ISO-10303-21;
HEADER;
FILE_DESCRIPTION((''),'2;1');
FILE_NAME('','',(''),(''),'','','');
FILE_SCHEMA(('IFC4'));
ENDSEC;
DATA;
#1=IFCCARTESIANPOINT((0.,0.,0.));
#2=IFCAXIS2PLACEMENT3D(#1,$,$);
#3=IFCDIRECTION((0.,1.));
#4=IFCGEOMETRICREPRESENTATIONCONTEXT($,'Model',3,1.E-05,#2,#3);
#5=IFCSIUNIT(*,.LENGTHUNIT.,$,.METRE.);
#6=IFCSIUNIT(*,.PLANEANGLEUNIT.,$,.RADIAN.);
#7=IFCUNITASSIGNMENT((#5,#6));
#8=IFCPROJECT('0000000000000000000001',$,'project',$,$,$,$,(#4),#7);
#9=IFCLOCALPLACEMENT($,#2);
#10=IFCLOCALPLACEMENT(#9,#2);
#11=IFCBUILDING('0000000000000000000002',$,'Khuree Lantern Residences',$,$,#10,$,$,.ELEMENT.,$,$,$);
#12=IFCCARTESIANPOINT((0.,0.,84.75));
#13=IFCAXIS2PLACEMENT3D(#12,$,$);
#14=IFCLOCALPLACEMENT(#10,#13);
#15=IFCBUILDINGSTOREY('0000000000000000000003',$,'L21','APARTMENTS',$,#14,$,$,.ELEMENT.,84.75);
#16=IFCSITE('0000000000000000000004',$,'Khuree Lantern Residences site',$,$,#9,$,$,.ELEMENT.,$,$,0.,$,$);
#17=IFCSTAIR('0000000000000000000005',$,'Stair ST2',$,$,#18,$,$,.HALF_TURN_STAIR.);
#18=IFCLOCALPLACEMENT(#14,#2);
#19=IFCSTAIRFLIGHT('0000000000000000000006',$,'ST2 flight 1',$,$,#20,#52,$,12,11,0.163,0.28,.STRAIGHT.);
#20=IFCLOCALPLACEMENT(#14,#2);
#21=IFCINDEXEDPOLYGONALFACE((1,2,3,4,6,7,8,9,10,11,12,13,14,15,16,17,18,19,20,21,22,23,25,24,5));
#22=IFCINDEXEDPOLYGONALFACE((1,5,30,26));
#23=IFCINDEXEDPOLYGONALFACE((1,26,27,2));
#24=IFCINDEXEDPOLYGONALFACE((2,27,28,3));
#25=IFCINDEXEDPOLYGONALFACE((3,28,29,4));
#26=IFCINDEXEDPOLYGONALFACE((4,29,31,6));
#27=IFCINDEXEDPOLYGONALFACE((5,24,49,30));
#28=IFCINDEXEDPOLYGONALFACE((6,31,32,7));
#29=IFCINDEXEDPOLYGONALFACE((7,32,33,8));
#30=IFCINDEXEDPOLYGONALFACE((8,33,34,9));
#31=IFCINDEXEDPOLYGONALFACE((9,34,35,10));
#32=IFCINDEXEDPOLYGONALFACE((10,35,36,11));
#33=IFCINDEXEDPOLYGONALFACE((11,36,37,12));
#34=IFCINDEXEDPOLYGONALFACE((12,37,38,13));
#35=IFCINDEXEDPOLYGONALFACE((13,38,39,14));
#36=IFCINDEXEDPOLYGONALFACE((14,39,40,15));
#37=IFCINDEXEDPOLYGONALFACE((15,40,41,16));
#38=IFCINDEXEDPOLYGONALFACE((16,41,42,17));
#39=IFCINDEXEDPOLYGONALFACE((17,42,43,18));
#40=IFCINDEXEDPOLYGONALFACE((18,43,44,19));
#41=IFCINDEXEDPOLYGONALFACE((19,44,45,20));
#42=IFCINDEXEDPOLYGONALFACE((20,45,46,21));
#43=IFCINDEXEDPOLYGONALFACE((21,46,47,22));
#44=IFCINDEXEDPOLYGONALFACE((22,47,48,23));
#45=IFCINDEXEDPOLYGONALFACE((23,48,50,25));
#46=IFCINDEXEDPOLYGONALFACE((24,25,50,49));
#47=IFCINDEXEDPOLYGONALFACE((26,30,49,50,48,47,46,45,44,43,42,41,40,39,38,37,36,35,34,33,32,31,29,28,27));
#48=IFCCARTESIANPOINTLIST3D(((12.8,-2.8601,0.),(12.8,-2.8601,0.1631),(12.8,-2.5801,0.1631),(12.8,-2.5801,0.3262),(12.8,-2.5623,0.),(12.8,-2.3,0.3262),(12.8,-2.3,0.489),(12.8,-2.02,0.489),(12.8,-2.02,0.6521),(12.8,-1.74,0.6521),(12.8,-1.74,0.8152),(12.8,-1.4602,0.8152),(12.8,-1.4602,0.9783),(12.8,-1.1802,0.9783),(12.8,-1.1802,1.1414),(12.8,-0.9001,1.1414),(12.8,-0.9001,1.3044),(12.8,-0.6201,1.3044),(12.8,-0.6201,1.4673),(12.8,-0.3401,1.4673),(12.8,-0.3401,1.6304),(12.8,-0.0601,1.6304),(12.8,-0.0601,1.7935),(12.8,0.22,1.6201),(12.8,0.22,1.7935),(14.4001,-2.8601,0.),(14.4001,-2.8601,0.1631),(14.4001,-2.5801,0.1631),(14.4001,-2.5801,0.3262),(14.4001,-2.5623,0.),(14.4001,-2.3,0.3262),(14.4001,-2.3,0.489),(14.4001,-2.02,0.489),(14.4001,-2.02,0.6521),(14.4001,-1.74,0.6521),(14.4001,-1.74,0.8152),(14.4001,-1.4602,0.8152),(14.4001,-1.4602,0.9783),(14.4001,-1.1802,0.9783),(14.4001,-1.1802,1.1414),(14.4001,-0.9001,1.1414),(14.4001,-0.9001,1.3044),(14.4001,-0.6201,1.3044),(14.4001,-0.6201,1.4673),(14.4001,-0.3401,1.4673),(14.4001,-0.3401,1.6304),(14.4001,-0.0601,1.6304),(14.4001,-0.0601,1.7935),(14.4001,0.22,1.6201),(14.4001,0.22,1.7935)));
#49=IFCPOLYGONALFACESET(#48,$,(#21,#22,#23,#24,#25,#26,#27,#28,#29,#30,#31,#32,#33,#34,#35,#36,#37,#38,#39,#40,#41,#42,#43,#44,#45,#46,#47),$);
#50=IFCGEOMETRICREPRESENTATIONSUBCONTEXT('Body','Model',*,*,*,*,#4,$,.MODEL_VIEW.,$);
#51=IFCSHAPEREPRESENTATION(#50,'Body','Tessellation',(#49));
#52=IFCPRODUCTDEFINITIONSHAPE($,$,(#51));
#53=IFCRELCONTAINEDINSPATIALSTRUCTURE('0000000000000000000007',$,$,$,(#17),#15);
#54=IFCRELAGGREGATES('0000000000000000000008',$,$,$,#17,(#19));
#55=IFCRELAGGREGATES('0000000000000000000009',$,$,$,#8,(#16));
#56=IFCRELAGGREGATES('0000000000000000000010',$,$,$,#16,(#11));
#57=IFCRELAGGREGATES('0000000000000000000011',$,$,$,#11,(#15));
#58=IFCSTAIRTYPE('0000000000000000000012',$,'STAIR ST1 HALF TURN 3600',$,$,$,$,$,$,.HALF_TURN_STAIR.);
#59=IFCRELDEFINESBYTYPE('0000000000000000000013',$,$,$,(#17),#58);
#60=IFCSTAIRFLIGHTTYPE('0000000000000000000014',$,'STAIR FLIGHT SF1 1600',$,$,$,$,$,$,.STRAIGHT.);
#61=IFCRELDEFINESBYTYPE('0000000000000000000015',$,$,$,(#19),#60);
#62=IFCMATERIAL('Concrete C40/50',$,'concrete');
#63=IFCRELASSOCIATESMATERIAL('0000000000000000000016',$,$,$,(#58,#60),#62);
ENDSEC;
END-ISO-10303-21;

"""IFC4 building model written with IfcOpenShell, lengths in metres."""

from ifc_helpers import new_model, si_unit, direction, frame, origin, place, context, subcontext, project, spatial, polyline, outline, extrude, material, type_object, element, aggregate, save


model = new_model("IFC4")

# Units and contexts
model_context = context("Model", 3, precision=1e-05, world=origin(), true_north=direction((0.0, 1.0)))
body_context = subcontext(model_context, "Body", "Model", "MODEL_VIEW")
ifc_project = project(units=[si_unit("LENGTHUNIT", "METRE"), si_unit("PLANEANGLEUNIT", "RADIAN")], contexts=[model_context])

# Site, building, storey
site_placement = place(None, origin())
site = spatial("IfcSite", under=ifc_project, at=site_placement, Name="Khuree Lantern Residences site", CompositionType="ELEMENT", RefElevation=0.0)
building_placement = place(site_placement, origin())
building = spatial("IfcBuilding", under=site, at=building_placement, Name="Khuree Lantern Residences", CompositionType="ELEMENT")
storey_placement = place(building_placement, frame((0.0, 0.0, 84.75)))
storey = spatial("IfcBuildingStorey", under=building, at=storey_placement, Name="L21", Description="APARTMENTS", CompositionType="ELEMENT", Elevation=84.75)

# Stair, stair flight
ifc_material_1 = material(Name="Concrete C40/50", Category="concrete")
stair_type = type_object("IfcStairType", Name="STAIR ST1 HALF TURN 3600", PredefinedType="HALF_TURN_STAIR", material=ifc_material_1)
stair_placement = place(storey_placement, origin())
stair = element("IfcStair", 1, at=stair_placement, inside=storey, type_object=stair_type, Name="Stair ST2", PredefinedType="HALF_TURN_STAIR")
stair_flight_type = type_object("IfcStairFlightType", Name="STAIR FLIGHT SF1 1600", PredefinedType="STRAIGHT", material=ifc_material_1)
stair_flight_placement = place(storey_placement, frame((13.6001, -2.8601, 0.0), z_axis=(0.0, 0.0, 1.0), x_axis=(0.0, 1.0, 0.0)))
stair_flight = element("IfcStairFlight", 2, at=stair_flight_placement, type_object=stair_flight_type, Name="ST2 flight 1", NumberOfRisers=12, NumberOfTreads=11, PredefinedType="STRAIGHT", RiserHeight=0.163, TreadLength=0.28, context=body_context, shape_type="SweptSolid", body=[
    extrude(outline(polyline([(0.0, 0.0), (0.0, 0.1631), (0.28, 0.1631), (0.28, 0.3262), (0.5601, 0.3262), (0.5601, 0.489), (0.8401, 0.489), (0.8401, 0.6521), (1.1201, 0.6521), (1.1201, 0.8152), (1.3999, 0.8152), (1.3999, 0.9783), (1.6799, 0.9783), (1.6799, 1.1414), (1.96, 1.1414), (1.96, 1.3044), (2.24, 1.3044), (2.24, 1.4673), (2.52, 1.4673), (2.52, 1.6304), (2.8, 1.6304), (2.8, 1.7935), (3.0801, 1.7935), (3.0801, 1.9565), (3.0801, 1.6201), (0.2979, 0.0), (0.0, 0.0)])), frame((0.0, 0.8, 0.0), z_axis=(0.0, -1.0, 0.0), x_axis=(1.0, 0.0, 0.0)), (0.0, 0.0, 1.0), 1.6001),
])
aggregate(stair, [stair_flight])

save(model, "model.ifc")
